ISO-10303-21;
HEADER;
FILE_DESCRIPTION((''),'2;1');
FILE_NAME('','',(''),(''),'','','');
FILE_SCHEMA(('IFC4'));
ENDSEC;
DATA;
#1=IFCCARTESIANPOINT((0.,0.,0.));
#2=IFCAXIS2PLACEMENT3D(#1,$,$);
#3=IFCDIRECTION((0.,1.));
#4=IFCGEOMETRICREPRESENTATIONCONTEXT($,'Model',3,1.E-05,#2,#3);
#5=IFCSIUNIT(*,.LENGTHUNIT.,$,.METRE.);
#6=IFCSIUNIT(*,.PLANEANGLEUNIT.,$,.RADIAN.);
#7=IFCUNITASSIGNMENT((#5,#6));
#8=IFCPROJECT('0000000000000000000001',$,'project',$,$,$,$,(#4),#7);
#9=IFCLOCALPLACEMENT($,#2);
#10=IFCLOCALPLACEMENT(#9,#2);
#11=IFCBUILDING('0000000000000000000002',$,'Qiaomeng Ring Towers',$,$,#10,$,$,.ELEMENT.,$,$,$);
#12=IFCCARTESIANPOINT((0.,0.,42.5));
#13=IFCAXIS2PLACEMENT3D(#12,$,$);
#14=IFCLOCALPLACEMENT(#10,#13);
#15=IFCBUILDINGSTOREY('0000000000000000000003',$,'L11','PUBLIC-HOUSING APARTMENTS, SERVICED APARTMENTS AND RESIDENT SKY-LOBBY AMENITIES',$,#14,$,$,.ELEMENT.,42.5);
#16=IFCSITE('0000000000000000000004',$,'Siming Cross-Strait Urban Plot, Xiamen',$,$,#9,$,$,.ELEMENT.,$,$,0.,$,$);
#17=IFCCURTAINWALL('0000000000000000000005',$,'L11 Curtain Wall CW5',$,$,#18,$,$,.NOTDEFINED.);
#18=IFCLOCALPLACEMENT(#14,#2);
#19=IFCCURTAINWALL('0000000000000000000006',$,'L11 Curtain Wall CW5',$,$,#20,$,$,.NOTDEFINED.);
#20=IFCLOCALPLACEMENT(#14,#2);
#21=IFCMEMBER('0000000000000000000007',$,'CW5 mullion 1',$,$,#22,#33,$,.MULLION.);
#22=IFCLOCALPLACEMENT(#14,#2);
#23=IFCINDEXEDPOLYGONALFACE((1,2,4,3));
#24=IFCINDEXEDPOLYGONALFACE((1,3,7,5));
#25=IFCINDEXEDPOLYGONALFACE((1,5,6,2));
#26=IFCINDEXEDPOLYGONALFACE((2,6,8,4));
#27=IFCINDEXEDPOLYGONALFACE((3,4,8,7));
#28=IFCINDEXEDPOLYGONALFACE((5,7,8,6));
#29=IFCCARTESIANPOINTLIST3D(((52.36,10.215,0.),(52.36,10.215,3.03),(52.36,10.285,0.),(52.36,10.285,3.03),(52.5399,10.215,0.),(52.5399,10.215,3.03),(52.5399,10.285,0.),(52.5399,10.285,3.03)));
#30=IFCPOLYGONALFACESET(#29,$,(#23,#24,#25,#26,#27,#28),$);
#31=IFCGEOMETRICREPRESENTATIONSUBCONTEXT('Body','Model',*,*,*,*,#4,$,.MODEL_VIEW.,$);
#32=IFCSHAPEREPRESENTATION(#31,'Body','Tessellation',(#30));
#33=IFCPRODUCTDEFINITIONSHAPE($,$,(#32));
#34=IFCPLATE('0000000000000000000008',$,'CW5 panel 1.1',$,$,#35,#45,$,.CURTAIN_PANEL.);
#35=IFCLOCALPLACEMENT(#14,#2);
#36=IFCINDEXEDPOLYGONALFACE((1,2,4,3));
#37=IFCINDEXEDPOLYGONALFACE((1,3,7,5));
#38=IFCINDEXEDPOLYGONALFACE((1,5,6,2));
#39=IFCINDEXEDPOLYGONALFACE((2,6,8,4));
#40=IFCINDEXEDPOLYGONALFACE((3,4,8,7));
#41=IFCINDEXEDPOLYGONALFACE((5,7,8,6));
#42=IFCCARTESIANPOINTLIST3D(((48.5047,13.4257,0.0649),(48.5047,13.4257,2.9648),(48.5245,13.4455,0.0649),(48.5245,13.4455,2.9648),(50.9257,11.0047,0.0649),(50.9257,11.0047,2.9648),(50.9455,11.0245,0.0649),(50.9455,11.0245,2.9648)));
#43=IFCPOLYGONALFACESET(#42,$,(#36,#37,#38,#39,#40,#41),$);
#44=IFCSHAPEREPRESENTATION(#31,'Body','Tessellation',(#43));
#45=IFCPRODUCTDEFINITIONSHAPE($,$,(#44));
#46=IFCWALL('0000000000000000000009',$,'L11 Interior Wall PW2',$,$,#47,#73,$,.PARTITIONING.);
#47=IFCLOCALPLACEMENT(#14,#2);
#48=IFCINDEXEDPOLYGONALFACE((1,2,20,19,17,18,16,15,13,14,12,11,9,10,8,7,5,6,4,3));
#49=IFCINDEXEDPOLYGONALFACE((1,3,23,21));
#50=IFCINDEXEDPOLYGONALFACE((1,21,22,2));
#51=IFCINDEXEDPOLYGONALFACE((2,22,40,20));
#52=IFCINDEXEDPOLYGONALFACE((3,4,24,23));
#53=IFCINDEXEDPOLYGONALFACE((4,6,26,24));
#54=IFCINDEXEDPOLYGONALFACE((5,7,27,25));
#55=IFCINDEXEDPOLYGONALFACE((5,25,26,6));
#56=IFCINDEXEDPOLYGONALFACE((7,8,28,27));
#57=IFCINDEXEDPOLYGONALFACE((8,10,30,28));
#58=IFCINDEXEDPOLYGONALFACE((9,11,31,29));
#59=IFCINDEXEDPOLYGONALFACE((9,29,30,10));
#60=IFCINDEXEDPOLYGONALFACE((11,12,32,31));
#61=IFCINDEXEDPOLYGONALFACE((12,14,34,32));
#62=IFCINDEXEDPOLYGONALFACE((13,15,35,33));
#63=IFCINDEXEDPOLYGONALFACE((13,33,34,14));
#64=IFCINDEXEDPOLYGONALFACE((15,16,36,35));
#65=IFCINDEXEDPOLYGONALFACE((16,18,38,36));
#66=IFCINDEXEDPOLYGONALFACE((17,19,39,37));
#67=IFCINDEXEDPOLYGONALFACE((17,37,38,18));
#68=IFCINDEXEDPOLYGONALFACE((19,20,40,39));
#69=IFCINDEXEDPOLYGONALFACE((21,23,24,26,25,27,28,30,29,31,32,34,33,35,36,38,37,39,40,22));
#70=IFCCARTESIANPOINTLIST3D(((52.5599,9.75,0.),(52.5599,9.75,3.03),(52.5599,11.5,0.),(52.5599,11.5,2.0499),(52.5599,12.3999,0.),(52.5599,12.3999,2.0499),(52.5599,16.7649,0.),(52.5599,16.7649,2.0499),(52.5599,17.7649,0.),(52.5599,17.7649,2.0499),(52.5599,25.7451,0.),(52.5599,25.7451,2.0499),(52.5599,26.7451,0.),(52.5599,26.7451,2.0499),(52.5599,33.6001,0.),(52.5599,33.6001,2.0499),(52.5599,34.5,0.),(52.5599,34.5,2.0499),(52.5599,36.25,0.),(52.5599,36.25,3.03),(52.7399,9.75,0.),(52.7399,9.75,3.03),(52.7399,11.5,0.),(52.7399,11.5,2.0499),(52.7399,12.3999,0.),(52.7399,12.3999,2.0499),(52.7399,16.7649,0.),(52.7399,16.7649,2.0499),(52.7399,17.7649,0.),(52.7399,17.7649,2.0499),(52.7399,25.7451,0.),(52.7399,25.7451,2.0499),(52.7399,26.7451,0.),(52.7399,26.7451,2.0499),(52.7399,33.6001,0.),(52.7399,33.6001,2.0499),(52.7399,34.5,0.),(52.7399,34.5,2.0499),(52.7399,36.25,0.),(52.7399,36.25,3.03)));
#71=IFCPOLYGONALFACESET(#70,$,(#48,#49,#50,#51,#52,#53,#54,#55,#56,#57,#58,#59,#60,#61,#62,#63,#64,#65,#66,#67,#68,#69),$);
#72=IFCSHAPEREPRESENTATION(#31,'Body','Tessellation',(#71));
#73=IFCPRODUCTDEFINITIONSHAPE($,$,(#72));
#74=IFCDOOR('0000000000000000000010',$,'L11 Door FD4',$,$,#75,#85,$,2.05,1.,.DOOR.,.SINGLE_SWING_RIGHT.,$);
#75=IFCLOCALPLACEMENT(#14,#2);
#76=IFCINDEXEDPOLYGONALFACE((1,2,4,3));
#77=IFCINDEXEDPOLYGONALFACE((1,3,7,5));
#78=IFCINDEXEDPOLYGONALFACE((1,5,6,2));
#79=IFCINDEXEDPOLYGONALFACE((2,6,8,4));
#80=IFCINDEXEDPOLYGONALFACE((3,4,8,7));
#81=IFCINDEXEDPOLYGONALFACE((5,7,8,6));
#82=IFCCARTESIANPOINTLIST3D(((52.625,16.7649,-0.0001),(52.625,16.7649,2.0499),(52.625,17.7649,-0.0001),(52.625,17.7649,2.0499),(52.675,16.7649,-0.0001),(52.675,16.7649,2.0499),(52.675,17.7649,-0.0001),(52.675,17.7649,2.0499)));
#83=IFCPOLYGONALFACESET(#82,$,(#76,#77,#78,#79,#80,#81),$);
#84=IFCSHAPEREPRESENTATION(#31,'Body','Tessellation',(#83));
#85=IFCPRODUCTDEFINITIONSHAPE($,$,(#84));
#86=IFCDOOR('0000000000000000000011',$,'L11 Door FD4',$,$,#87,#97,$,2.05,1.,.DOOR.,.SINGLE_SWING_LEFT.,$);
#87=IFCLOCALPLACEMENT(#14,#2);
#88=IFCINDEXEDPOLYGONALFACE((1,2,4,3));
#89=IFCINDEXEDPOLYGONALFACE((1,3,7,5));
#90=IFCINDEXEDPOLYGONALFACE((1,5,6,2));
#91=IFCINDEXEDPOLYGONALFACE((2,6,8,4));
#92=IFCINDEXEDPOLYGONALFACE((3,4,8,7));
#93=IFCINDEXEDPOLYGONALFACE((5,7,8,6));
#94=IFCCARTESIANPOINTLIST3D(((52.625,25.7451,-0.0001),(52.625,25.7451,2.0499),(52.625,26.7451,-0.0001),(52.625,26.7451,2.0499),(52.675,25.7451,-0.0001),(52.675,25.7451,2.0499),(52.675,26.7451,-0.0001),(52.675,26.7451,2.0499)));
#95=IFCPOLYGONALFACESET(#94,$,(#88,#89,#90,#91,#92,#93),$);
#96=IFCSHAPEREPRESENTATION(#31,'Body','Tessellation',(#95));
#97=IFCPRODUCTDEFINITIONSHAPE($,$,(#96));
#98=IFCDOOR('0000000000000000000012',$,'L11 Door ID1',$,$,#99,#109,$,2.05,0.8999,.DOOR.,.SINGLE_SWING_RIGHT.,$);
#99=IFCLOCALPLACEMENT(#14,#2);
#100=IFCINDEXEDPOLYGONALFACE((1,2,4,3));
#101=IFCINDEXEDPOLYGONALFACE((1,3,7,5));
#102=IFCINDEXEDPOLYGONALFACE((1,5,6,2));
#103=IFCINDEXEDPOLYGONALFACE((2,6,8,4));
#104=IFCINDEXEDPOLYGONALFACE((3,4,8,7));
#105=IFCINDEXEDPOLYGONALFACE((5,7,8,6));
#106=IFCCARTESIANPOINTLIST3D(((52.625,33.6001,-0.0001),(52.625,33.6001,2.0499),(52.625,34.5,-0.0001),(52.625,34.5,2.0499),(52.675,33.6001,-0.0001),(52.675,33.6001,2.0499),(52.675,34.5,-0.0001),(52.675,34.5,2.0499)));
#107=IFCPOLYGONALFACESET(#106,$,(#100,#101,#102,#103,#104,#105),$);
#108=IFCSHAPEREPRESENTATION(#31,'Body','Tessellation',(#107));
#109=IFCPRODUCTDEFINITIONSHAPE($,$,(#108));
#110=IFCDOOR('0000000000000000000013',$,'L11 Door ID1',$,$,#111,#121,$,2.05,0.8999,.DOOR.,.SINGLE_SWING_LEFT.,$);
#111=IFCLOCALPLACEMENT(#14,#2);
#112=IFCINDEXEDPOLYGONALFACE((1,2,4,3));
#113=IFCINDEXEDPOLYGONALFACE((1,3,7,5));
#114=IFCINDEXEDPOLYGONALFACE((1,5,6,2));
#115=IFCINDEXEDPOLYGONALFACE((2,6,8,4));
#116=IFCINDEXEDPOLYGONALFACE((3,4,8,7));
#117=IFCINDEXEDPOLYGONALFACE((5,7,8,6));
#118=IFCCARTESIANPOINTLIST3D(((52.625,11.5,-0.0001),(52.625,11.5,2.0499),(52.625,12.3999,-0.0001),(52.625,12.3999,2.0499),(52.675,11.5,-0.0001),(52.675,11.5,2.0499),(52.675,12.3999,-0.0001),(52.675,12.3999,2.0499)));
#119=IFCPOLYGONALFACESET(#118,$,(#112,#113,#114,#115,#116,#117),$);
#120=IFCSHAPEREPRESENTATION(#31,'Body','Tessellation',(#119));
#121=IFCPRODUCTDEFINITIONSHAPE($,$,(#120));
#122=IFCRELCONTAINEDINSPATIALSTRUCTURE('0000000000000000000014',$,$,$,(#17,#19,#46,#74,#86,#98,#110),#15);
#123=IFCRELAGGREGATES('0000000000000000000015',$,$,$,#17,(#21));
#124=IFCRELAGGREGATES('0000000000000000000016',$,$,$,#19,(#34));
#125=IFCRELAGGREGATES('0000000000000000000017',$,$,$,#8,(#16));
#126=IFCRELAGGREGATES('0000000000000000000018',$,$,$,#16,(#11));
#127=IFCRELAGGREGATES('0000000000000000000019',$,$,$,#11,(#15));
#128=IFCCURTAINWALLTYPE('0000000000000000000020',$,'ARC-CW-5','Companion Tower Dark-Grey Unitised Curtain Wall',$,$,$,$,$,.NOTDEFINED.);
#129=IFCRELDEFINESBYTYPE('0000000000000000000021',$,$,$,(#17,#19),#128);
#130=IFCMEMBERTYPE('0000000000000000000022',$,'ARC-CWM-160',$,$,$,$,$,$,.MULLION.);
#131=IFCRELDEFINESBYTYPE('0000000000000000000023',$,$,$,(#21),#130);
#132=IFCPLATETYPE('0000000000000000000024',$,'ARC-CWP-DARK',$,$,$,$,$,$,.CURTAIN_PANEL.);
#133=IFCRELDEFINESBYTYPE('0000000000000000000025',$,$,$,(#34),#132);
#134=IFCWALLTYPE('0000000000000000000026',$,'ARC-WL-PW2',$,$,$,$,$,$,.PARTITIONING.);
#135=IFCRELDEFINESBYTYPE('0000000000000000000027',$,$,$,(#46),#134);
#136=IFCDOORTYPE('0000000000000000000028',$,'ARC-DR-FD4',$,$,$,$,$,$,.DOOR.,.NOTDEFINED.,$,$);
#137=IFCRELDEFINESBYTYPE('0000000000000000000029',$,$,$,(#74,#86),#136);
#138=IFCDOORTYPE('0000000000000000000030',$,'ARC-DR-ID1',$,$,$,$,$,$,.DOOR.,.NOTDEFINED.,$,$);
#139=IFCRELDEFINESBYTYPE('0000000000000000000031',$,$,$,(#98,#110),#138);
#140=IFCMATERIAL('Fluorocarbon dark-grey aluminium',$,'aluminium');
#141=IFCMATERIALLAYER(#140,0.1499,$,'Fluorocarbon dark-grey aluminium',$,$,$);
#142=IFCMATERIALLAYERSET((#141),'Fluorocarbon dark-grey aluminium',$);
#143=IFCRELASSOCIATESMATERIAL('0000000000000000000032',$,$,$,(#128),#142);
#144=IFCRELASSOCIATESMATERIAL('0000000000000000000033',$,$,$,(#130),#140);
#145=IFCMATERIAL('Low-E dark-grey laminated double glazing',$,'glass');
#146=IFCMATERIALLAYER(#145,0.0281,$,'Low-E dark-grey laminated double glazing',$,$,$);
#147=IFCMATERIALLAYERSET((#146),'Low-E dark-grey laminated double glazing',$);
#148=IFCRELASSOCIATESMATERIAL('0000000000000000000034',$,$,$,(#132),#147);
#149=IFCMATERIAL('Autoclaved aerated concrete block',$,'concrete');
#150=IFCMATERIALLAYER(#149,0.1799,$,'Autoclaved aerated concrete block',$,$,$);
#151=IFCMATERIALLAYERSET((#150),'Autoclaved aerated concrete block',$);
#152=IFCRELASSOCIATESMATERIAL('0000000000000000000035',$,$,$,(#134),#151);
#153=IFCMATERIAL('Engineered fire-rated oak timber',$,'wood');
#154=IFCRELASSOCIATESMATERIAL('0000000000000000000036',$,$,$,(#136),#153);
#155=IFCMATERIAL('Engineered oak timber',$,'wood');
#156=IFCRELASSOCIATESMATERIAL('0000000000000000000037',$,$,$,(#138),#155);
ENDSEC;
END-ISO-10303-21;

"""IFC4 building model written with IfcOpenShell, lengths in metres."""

from ifc_helpers import new_model, si_unit, direction, frame, frame_2d, origin, origin_2d, place, context, subcontext, project, spatial, rectangle, extrude, source, transform, mapped, material, layer, layer_set, material_profile, profile_set, type_object, element, fill, aggregate, save


model = new_model("IFC4")

# Units and contexts
model_context = context("Model", 3, precision=1e-05, world=origin(), true_north=direction((0.0, 1.0)))
body_context = subcontext(model_context, "Body", "Model", "MODEL_VIEW")
ifc_project = project(units=[si_unit("LENGTHUNIT", "METRE"), si_unit("PLANEANGLEUNIT", "RADIAN")], contexts=[model_context])

# Site, building, storey
site_placement = place(None, origin())
site = spatial("IfcSite", under=ifc_project, at=site_placement, Name="Siming Cross-Strait Urban Plot, Xiamen", CompositionType="ELEMENT", RefElevation=0.0)
building_placement = place(site_placement, origin())
building = spatial("IfcBuilding", under=site, at=building_placement, Name="Qiaomeng Ring Towers", CompositionType="ELEMENT")
storey_placement = place(building_placement, frame((0.0, 0.0, 42.5)))
storey = spatial("IfcBuildingStorey", under=building, at=storey_placement, Name="L11", Description="PUBLIC-HOUSING APARTMENTS, SERVICED APARTMENTS AND RESIDENT SKY-LOBBY AMENITIES", CompositionType="ELEMENT", Elevation=42.5)

# Curtain walls
ifc_material_1 = material(Name="Fluorocarbon dark-grey aluminium", Category="aluminium")
ifc_layer_1 = layer(ifc_material_1, 0.1499, Name="Fluorocarbon dark-grey aluminium")
ifc_layer_set_1 = layer_set([ifc_layer_1], Name="Fluorocarbon dark-grey aluminium")
curtain_wall_type = type_object("IfcCurtainWallType", Name="ARC-CW-5", Description="Companion Tower Dark-Grey Unitised Curtain Wall", PredefinedType="NOTDEFINED", material=ifc_layer_set_1)
curtain_wall_1_placement = place(storey_placement, origin())
curtain_wall_1 = element("IfcCurtainWall", 1, at=curtain_wall_1_placement, inside=storey, type_object=curtain_wall_type, Name="L11 Curtain Wall CW5", PredefinedType="NOTDEFINED")
curtain_wall_2_placement = place(storey_placement, origin())
curtain_wall_2 = element("IfcCurtainWall", 2, at=curtain_wall_2_placement, inside=storey, type_object=curtain_wall_type, Name="L11 Curtain Wall CW5", PredefinedType="NOTDEFINED")
ifc_material_profile_1 = material_profile(ifc_material_1, rectangle(XDim=0.0701, YDim=0.1799, at=origin_2d()), Name="ALU MULL 70x180")
ifc_profile_set_1 = profile_set([ifc_material_profile_1], Name="Fluorocarbon dark-grey aluminium")
member_type_1 = type_object("IfcMemberType", Name="ARC-CWM-160", PredefinedType="MULLION", material=ifc_profile_set_1)
shared_shape_1 = source(origin(), body_context, "Body", "SweptSolid", [
    extrude(rectangle(XDim=0.0701, YDim=0.1799, at=origin_2d()), origin(), (0.0, 0.0, 1.0), 3.03),
])

# Member
member_1_placement = place(storey_placement, frame((52.45, 10.25, 0.0), z_axis=(0.0, 0.0, 1.0), x_axis=(0.0, 1.0, 0.0)))
member_1 = element("IfcMember", 3, at=member_1_placement, type_object=member_type_1, Name="CW5 mullion 1", PredefinedType="MULLION", context=body_context, shape_type="MappedRepresentation", body=[
    mapped(shared_shape_1, transform((0.0, 0.0, 0.0), x_axis=(1.0, 0.0, 0.0), y_axis=(0.0, 1.0, 0.0), z_axis=(0.0, 0.0, 1.0), scale=1.0)),
])
aggregate(curtain_wall_1, [member_1])

# Plate
ifc_material_2 = material(Name="Low-E dark-grey laminated double glazing", Category="glass")
ifc_layer_2 = layer(ifc_material_2, 0.0281, Name="Low-E dark-grey laminated double glazing")
ifc_layer_set_2 = layer_set([ifc_layer_2], Name="Low-E dark-grey laminated double glazing")
plate_type = type_object("IfcPlateType", Name="ARC-CWP-DARK", PredefinedType="CURTAIN_PANEL", material=ifc_layer_set_2)
shared_shape_2 = source(origin(), body_context, "Body", "SweptSolid", [
    extrude(rectangle(XDim=3.4238, YDim=0.0281, at=origin_2d()), origin(), (0.0, 0.0, 1.0), 2.8999),
])
plate_placement = place(storey_placement, frame((49.7251, 12.2251, 0.0649), z_axis=(0.0, 0.0, 1.0), x_axis=(0.707107, -0.707107, 0.0)))
plate = element("IfcPlate", 4, at=plate_placement, type_object=plate_type, Name="CW5 panel 1.1", PredefinedType="CURTAIN_PANEL", context=body_context, shape_type="MappedRepresentation", body=[
    mapped(shared_shape_2, transform((0.0, 0.0, 0.0), x_axis=(1.0, 0.0, 0.0), y_axis=(0.0, 1.0, 0.0), z_axis=(0.0, 0.0, 1.0), scale=1.0)),
])
aggregate(curtain_wall_2, [plate])

# Wall, openings, doors
ifc_material_3 = material(Name="Autoclaved aerated concrete block", Category="concrete")
ifc_layer_3 = layer(ifc_material_3, 0.1799, Name="Autoclaved aerated concrete block")
ifc_layer_set_3 = layer_set([ifc_layer_3], Name="Autoclaved aerated concrete block")
wall_type_1 = type_object("IfcWallType", Name="ARC-WL-PW2", PredefinedType="PARTITIONING", material=ifc_layer_set_3)
wall_1_placement = place(storey_placement, frame((52.6499, 9.75, 0.0), z_axis=(0.0, 0.0, 1.0), x_axis=(0.0, 1.0, 0.0)))
wall_1 = element("IfcWall", 5, at=wall_1_placement, inside=storey, type_object=wall_type_1, Name="L11 Interior Wall PW2", PredefinedType="PARTITIONING", context=body_context, shape_type="SweptSolid", body=[
    extrude(rectangle(XDim=26.5, YDim=0.1799, at=frame_2d((13.25, 0.0))), origin(), (0.0, 0.0, 1.0), 3.03),
])
opening_1_placement = place(wall_1_placement, frame((23.8501, 0.0, 0.0)))
opening_1 = element("IfcOpeningElement", 6, at=opening_1_placement, cuts=wall_1, PredefinedType="OPENING", context=body_context, shape_type="SweptSolid", body=[
    extrude(rectangle(XDim=0.8999, YDim=2.05, at=frame_2d((0.45, 1.0249))), frame((0.0, 0.0999, 0.0), z_axis=(0.0, -1.0, 0.0), x_axis=(1.0, 0.0, 0.0)), (0.0, 0.0, 1.0), 0.2),
])
opening_2_placement = place(wall_1_placement, frame((1.75, 0.0, 0.0)))
opening_2 = element("IfcOpeningElement", 7, at=opening_2_placement, cuts=wall_1, PredefinedType="OPENING", context=body_context, shape_type="SweptSolid", body=[
    extrude(rectangle(XDim=0.8999, YDim=2.05, at=frame_2d((0.45, 1.0249))), frame((0.0, 0.0999, 0.0), z_axis=(0.0, -1.0, 0.0), x_axis=(1.0, 0.0, 0.0)), (0.0, 0.0, 1.0), 0.2),
])
opening_3_placement = place(wall_1_placement, frame((7.0149, 0.0, 0.0)))
opening_3 = element("IfcOpeningElement", 8, at=opening_3_placement, cuts=wall_1, PredefinedType="OPENING", context=body_context, shape_type="SweptSolid", body=[
    extrude(rectangle(XDim=1.0, YDim=2.05, at=frame_2d((0.5, 1.0249))), frame((0.0, 0.0999, 0.0), z_axis=(0.0, -1.0, 0.0), x_axis=(1.0, 0.0, 0.0)), (0.0, 0.0, 1.0), 0.2),
])
opening_4_placement = place(wall_1_placement, frame((15.9951, 0.0, 0.0)))
opening_4 = element("IfcOpeningElement", 9, at=opening_4_placement, cuts=wall_1, PredefinedType="OPENING", context=body_context, shape_type="SweptSolid", body=[
    extrude(rectangle(XDim=1.0, YDim=2.05, at=frame_2d((0.5, 1.0249))), frame((0.0, 0.0999, 0.0), z_axis=(0.0, -1.0, 0.0), x_axis=(1.0, 0.0, 0.0)), (0.0, 0.0, 1.0), 0.2),
])
ifc_material_4 = material(Name="Engineered fire-rated oak timber", Category="wood")
door_type_1 = type_object("IfcDoorType", Name="ARC-DR-FD4", OperationType="NOTDEFINED", PredefinedType="DOOR", material=ifc_material_4)
shared_shape_3 = source(origin(), body_context, "Body", "SweptSolid", [
    extrude(rectangle(XDim=1.0, YDim=2.05, at=frame_2d((0.5, 1.0249))), frame((0.0, 0.0249, 0.0), z_axis=(0.0, -1.0, 0.0), x_axis=(1.0, 0.0, 0.0)), (0.0, 0.0, 1.0), 0.05),
])
door_1_placement = place(opening_3_placement, origin())
door_1 = element("IfcDoor", 10, at=door_1_placement, inside=storey, type_object=door_type_1, Name="L11 Door FD4", OperationType="SINGLE_SWING_RIGHT", OverallHeight=2.05, OverallWidth=1.0, PredefinedType="DOOR", context=body_context, shape_type="MappedRepresentation", body=[
    mapped(shared_shape_3, transform((0.0, 0.0, 0.0), x_axis=(1.0, 0.0, 0.0), y_axis=(0.0, 1.0, 0.0), z_axis=(0.0, 0.0, 1.0), scale=1.0)),
])
fill(opening_3, door_1)
door_2_placement = place(opening_4_placement, origin())
door_2 = element("IfcDoor", 11, at=door_2_placement, inside=storey, type_object=door_type_1, Name="L11 Door FD4", OperationType="SINGLE_SWING_LEFT", OverallHeight=2.05, OverallWidth=1.0, PredefinedType="DOOR", context=body_context, shape_type="MappedRepresentation", body=[
    mapped(shared_shape_3, transform((0.0, 0.0, 0.0), x_axis=(1.0, 0.0, 0.0), y_axis=(0.0, 1.0, 0.0), z_axis=(0.0, 0.0, 1.0), scale=1.0)),
])
fill(opening_4, door_2)
ifc_material_5 = material(Name="Engineered oak timber", Category="wood")
door_type_2 = type_object("IfcDoorType", Name="ARC-DR-ID1", OperationType="NOTDEFINED", PredefinedType="DOOR", material=ifc_material_5)
shared_shape_4 = source(origin(), body_context, "Body", "SweptSolid", [
    extrude(rectangle(XDim=0.8999, YDim=2.05, at=frame_2d((0.45, 1.0249))), frame((0.0, 0.0249, 0.0), z_axis=(0.0, -1.0, 0.0), x_axis=(1.0, 0.0, 0.0)), (0.0, 0.0, 1.0), 0.05),
])
door_3_placement = place(opening_1_placement, origin())
door_3 = element("IfcDoor", 12, at=door_3_placement, inside=storey, type_object=door_type_2, Name="L11 Door ID1", OperationType="SINGLE_SWING_RIGHT", OverallHeight=2.05, OverallWidth=0.8999, PredefinedType="DOOR", context=body_context, shape_type="MappedRepresentation", body=[
    mapped(shared_shape_4, transform((0.0, 0.0, 0.0), x_axis=(1.0, 0.0, 0.0), y_axis=(0.0, 1.0, 0.0), z_axis=(0.0, 0.0, 1.0), scale=1.0)),
])
fill(opening_1, door_3)
door_4_placement = place(opening_2_placement, origin())
door_4 = element("IfcDoor", 13, at=door_4_placement, inside=storey, type_object=door_type_2, Name="L11 Door ID1", OperationType="SINGLE_SWING_LEFT", OverallHeight=2.05, OverallWidth=0.8999, PredefinedType="DOOR", context=body_context, shape_type="MappedRepresentation", body=[
    mapped(shared_shape_4, transform((0.0, 0.0, 0.0), x_axis=(1.0, 0.0, 0.0), y_axis=(0.0, 1.0, 0.0), z_axis=(0.0, 0.0, 1.0), scale=1.0)),
])
fill(opening_2, door_4)

save(model, "model.ifc")
